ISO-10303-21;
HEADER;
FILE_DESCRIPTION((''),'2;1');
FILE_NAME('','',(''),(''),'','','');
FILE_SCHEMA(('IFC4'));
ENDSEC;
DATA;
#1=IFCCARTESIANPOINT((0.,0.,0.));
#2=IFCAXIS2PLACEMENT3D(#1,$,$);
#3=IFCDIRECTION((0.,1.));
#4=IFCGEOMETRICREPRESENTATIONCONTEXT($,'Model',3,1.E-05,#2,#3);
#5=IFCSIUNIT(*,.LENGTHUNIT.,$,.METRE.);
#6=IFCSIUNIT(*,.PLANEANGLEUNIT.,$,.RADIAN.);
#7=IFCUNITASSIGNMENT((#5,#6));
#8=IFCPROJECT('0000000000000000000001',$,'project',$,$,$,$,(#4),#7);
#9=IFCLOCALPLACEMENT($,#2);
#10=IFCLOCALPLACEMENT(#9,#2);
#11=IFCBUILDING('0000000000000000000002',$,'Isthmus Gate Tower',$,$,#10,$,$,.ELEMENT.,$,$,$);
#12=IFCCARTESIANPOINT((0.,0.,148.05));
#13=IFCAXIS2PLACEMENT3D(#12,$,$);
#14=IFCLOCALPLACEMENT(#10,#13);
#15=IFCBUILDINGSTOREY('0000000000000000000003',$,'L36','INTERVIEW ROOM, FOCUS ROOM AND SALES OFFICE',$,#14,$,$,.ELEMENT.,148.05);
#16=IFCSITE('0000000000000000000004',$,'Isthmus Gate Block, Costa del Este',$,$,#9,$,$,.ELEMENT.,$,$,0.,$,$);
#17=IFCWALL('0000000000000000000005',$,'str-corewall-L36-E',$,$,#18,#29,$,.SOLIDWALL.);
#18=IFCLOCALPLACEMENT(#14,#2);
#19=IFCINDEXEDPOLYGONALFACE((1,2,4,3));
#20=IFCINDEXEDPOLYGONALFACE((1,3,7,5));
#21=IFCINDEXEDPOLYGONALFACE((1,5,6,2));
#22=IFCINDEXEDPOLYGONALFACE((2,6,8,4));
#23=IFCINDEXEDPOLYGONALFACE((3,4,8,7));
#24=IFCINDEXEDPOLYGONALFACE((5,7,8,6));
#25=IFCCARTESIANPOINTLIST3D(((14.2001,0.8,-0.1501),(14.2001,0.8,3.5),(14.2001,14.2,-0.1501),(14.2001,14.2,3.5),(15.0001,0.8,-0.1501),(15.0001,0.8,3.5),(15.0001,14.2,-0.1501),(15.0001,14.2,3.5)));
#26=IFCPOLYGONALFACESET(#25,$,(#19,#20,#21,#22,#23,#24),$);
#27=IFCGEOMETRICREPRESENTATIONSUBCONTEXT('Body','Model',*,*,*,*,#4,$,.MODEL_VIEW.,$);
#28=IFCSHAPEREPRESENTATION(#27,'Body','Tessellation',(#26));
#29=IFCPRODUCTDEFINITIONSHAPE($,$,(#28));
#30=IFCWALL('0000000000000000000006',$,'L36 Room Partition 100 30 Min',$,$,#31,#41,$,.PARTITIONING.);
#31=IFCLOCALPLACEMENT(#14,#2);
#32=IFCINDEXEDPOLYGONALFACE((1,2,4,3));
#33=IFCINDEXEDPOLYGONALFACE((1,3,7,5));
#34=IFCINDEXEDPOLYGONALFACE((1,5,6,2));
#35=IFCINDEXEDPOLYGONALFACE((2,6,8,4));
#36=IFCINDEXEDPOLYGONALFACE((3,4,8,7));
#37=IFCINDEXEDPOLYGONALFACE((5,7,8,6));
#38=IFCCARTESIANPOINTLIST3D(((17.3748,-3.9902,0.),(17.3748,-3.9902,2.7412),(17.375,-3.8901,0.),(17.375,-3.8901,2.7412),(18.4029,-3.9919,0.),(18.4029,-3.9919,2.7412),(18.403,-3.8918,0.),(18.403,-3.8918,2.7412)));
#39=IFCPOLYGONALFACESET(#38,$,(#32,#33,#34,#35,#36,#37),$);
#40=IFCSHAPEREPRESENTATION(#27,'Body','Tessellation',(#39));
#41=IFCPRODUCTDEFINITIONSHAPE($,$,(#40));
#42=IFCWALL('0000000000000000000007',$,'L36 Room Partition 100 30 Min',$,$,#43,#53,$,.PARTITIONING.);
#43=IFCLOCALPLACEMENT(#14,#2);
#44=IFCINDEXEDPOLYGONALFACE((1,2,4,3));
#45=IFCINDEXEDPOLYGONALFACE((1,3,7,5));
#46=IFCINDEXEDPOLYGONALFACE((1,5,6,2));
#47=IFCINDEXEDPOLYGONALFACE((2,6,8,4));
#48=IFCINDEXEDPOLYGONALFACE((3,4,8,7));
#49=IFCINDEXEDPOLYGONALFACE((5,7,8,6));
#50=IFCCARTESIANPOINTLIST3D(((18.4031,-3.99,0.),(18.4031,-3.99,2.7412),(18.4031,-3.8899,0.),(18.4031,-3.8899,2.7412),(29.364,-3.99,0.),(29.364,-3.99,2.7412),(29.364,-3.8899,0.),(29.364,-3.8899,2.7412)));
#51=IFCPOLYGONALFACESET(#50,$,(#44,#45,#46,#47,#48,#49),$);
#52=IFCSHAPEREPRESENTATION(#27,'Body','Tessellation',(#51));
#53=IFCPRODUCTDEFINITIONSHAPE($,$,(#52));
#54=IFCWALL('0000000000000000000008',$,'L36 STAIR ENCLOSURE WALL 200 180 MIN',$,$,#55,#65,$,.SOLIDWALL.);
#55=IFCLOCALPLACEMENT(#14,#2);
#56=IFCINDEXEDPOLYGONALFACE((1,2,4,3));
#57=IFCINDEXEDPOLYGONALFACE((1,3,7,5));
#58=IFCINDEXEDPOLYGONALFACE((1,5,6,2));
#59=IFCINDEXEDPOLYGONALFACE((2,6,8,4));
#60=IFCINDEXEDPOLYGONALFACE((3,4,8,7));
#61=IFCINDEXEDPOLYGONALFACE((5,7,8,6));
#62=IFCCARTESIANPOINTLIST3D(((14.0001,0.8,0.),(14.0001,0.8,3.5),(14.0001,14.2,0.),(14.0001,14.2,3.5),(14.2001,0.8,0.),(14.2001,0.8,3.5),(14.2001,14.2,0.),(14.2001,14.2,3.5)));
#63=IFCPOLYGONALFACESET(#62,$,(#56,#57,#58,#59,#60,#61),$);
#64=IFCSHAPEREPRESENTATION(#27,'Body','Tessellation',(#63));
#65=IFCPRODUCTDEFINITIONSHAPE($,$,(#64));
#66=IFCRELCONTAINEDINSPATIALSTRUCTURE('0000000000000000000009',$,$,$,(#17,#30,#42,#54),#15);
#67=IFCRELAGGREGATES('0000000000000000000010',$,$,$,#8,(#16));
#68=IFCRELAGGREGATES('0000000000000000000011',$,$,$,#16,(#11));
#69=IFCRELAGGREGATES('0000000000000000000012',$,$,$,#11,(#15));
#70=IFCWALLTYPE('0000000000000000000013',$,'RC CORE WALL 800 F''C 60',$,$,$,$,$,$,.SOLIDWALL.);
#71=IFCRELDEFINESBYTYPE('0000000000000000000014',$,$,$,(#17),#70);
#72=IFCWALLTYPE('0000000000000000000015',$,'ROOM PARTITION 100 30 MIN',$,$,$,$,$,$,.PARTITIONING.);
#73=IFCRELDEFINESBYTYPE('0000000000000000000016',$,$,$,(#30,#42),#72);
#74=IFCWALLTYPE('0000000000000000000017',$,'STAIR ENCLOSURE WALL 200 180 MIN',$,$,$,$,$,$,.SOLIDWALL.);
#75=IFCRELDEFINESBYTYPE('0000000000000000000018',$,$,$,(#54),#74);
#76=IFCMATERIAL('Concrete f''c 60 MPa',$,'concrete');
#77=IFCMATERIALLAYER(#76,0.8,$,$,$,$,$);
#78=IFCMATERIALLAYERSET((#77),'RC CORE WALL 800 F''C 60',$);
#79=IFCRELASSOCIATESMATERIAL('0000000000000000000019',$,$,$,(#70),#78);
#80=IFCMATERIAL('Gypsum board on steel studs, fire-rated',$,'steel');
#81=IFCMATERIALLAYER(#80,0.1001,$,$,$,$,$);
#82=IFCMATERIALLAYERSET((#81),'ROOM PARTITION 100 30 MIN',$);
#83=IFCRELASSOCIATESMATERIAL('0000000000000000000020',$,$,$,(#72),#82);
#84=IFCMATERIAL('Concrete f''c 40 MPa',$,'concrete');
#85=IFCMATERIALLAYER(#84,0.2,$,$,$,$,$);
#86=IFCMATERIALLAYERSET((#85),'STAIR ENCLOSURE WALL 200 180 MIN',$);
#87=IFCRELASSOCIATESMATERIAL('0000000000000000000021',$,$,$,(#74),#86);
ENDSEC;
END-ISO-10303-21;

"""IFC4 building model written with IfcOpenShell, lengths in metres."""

from ifc_helpers import new_model, si_unit, direction, frame, frame_2d, origin, place, context, subcontext, project, spatial, rectangle, extrude, material, layer, layer_set, type_object, element, save


model = new_model("IFC4")

# Units and contexts
model_context = context("Model", 3, precision=1e-05, world=origin(), true_north=direction((0.0, 1.0)))
body_context = subcontext(model_context, "Body", "Model", "MODEL_VIEW")
ifc_project = project(units=[si_unit("LENGTHUNIT", "METRE"), si_unit("PLANEANGLEUNIT", "RADIAN")], contexts=[model_context])

# Site, building, storey
site_placement = place(None, origin())
site = spatial("IfcSite", under=ifc_project, at=site_placement, Name="Isthmus Gate Block, Costa del Este", CompositionType="ELEMENT", RefElevation=0.0)
building_placement = place(site_placement, origin())
building = spatial("IfcBuilding", under=site, at=building_placement, Name="Isthmus Gate Tower", CompositionType="ELEMENT")
storey_placement = place(building_placement, frame((0.0, 0.0, 148.05)))
storey = spatial("IfcBuildingStorey", under=building, at=storey_placement, Name="L36", Description="INTERVIEW ROOM, FOCUS ROOM AND SALES OFFICE", CompositionType="ELEMENT", Elevation=148.05)

# Walls
ifc_material_1 = material(Name="Concrete f'c 60 MPa", Category="concrete")
ifc_layer_1 = layer(ifc_material_1, 0.8)
ifc_layer_set_1 = layer_set([ifc_layer_1], Name="RC CORE WALL 800 F'C 60")
wall_type_1 = type_object("IfcWallType", Name="RC CORE WALL 800 F'C 60", PredefinedType="SOLIDWALL", material=ifc_layer_set_1)
wall_1_placement = place(storey_placement, frame((14.6001, 0.8, -0.1501), z_axis=(0.0, 0.0, 1.0), x_axis=(0.0, 1.0, 0.0)))
element("IfcWall", 1, at=wall_1_placement, inside=storey, type_object=wall_type_1, Name="str-corewall-L36-E", PredefinedType="SOLIDWALL", context=body_context, shape_type="SweptSolid", body=[
    extrude(rectangle(XDim=13.3999, YDim=0.8, at=frame_2d((6.7, 0.0))), origin(), (0.0, 0.0, 1.0), 3.6501),
])
ifc_material_2 = material(Name="Gypsum board on steel studs, fire-rated", Category="steel")
ifc_layer_2 = layer(ifc_material_2, 0.1001)
ifc_layer_set_2 = layer_set([ifc_layer_2], Name="ROOM PARTITION 100 30 MIN")
wall_type_2 = type_object("IfcWallType", Name="ROOM PARTITION 100 30 MIN", PredefinedType="PARTITIONING", material=ifc_layer_set_2)
wall_2_placement = place(storey_placement, frame((18.4031, -3.9419, 0.0), z_axis=(0.0, 0.0, 1.0), x_axis=(-0.999999, 0.001662, 0.0)))
element("IfcWall", 2, at=wall_2_placement, inside=storey, type_object=wall_type_2, Name="L36 Room Partition 100 30 Min", PredefinedType="PARTITIONING", context=body_context, shape_type="SweptSolid", body=[
    extrude(rectangle(XDim=1.0281, YDim=0.1001, at=frame_2d((0.5142, 0.0))), origin(), (0.0, 0.0, 1.0), 2.7412),
])
wall_3_placement = place(storey_placement, frame((18.4031, -3.9399, 0.0), z_axis=(0.0, 0.0, 1.0), x_axis=(1.0, 0.0, 0.0)))
element("IfcWall", 3, at=wall_3_placement, inside=storey, type_object=wall_type_2, Name="L36 Room Partition 100 30 Min", PredefinedType="PARTITIONING", context=body_context, shape_type="SweptSolid", body=[
    extrude(rectangle(XDim=10.9609, YDim=0.1001, at=frame_2d((5.4805, 0.0))), origin(), (0.0, 0.0, 1.0), 2.7412),
])
ifc_material_3 = material(Name="Concrete f'c 40 MPa", Category="concrete")
ifc_layer_3 = layer(ifc_material_3, 0.2)
ifc_layer_set_3 = layer_set([ifc_layer_3], Name="STAIR ENCLOSURE WALL 200 180 MIN")
wall_type_3 = type_object("IfcWallType", Name="STAIR ENCLOSURE WALL 200 180 MIN", PredefinedType="SOLIDWALL", material=ifc_layer_set_3)
wall_4_placement = place(storey_placement, frame((14.1001, 0.8, 0.0), z_axis=(0.0, 0.0, 1.0), x_axis=(0.0, 1.0, 0.0)))
element("IfcWall", 4, at=wall_4_placement, inside=storey, type_object=wall_type_3, Name="L36 STAIR ENCLOSURE WALL 200 180 MIN", PredefinedType="SOLIDWALL", context=body_context, shape_type="SweptSolid", body=[
    extrude(rectangle(XDim=13.3999, YDim=0.2, at=frame_2d((6.7, 0.0))), origin(), (0.0, 0.0, 1.0), 3.5),
])

save(model, "model.ifc")
